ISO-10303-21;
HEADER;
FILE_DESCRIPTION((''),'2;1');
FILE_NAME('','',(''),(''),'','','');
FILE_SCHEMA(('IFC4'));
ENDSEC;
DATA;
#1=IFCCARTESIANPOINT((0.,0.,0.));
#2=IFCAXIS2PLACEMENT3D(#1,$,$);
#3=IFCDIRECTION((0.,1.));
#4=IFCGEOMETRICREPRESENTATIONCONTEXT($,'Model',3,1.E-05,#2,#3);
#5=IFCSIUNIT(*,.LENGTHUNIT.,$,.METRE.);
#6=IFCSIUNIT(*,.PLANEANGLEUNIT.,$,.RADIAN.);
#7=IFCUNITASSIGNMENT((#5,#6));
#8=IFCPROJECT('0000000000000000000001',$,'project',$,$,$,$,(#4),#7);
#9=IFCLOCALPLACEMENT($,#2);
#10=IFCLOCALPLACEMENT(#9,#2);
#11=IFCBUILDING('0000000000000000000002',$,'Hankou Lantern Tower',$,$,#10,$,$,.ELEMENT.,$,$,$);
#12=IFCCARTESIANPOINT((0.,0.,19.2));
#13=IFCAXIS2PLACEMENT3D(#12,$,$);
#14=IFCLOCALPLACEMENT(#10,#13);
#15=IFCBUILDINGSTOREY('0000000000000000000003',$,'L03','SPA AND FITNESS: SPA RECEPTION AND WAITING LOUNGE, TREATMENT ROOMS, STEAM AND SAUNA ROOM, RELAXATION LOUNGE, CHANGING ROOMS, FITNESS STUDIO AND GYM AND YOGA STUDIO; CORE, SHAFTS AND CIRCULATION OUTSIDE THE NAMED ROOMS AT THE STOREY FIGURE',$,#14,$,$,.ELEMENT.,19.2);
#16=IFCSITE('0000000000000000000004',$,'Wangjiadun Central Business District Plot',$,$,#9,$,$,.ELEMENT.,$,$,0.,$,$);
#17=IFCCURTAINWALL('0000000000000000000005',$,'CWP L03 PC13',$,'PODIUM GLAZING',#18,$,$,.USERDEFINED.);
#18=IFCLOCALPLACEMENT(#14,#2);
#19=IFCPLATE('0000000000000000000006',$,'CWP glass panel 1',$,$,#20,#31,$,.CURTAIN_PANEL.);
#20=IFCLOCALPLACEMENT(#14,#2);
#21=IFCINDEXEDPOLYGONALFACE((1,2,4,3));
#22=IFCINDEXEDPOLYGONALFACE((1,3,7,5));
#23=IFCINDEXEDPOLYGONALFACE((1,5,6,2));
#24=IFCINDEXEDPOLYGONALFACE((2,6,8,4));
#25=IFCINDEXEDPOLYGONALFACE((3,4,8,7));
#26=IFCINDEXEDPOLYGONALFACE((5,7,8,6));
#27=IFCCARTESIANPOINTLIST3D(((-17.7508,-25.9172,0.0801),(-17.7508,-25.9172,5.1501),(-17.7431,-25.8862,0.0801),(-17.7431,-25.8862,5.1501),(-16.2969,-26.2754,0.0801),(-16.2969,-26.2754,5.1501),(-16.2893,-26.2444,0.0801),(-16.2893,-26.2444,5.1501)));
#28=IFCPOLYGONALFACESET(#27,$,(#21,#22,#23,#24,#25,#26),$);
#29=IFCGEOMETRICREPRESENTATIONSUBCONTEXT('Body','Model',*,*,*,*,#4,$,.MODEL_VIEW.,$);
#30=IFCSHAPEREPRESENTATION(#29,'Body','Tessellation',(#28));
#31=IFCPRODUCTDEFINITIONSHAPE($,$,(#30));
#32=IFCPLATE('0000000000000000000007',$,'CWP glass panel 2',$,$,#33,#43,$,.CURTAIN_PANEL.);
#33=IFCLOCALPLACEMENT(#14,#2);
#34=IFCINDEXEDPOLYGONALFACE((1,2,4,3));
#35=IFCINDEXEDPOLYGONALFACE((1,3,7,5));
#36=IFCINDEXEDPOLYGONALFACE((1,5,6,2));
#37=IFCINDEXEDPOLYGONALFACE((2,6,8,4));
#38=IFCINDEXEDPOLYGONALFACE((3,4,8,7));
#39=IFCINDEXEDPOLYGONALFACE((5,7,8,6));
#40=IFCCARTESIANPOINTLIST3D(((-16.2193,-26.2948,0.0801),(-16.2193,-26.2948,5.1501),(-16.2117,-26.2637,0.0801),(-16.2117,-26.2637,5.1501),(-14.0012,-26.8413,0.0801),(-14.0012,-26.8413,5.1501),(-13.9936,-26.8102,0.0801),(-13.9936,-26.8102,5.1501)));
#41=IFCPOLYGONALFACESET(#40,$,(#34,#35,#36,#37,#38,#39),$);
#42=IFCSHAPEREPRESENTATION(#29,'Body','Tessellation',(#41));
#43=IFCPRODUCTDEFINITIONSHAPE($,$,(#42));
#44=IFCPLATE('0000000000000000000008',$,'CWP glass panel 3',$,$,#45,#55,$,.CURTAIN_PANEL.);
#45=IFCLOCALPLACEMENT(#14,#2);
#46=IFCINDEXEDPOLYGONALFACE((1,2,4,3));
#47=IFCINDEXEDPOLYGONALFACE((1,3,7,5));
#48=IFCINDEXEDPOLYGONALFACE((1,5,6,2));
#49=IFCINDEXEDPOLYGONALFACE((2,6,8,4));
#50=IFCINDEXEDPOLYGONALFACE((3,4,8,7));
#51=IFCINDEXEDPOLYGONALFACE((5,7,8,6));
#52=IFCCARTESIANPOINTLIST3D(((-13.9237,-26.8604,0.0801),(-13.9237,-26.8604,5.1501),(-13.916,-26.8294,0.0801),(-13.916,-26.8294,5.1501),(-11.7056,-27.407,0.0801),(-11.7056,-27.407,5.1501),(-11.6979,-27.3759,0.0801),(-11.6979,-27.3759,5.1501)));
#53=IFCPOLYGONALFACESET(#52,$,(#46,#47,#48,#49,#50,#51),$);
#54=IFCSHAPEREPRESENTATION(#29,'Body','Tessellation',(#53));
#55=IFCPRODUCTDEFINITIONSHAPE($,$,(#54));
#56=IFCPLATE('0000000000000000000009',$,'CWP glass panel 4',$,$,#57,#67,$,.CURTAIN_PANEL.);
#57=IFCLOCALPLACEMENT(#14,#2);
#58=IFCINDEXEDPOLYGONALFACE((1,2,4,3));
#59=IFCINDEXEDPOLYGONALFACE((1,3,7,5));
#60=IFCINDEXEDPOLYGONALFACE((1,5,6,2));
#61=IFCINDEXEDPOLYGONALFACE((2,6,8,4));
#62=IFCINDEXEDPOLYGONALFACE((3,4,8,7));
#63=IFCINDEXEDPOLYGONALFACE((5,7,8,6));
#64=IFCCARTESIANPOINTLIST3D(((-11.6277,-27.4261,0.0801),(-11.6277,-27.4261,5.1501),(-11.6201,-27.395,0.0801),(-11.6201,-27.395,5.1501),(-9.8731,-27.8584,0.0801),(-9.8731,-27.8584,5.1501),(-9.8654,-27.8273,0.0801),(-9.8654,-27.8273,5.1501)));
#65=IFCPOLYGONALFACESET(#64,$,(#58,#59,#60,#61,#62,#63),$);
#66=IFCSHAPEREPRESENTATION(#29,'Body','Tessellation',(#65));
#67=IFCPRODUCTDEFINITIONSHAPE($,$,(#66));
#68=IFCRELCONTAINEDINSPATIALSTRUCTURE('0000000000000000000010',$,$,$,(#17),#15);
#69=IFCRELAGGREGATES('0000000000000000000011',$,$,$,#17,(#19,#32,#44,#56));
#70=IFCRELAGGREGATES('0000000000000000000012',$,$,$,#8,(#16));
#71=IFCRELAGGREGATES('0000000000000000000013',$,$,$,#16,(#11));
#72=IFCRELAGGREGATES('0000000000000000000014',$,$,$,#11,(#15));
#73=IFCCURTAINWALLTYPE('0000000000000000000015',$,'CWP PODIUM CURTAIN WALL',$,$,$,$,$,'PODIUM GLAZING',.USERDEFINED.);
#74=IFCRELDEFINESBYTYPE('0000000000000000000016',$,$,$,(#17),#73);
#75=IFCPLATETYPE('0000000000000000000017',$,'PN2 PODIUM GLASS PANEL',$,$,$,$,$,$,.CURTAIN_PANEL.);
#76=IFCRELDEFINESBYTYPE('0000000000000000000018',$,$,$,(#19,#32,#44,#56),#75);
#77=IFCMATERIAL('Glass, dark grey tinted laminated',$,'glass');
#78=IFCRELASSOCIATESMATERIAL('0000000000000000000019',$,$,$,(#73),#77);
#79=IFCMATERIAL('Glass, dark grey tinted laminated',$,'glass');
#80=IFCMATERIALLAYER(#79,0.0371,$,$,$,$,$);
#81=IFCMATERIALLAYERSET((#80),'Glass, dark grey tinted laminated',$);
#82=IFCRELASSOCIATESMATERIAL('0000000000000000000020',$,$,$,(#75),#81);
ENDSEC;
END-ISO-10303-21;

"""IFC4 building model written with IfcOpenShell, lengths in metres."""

from ifc_helpers import new_model, si_unit, direction, frame, origin, origin_2d, place, context, subcontext, project, spatial, rectangle, extrude, material, layer, layer_set, type_object, element, aggregate, save


model = new_model("IFC4")

# Units and contexts
model_context = context("Model", 3, precision=1e-05, world=origin(), true_north=direction((0.0, 1.0)))
body_context = subcontext(model_context, "Body", "Model", "MODEL_VIEW")
ifc_project = project(units=[si_unit("LENGTHUNIT", "METRE"), si_unit("PLANEANGLEUNIT", "RADIAN")], contexts=[model_context])

# Site, building, storey
site_placement = place(None, origin())
site = spatial("IfcSite", under=ifc_project, at=site_placement, Name="Wangjiadun Central Business District Plot", CompositionType="ELEMENT", RefElevation=0.0)
building_placement = place(site_placement, origin())
building = spatial("IfcBuilding", under=site, at=building_placement, Name="Hankou Lantern Tower", CompositionType="ELEMENT")
storey_placement = place(building_placement, frame((0.0, 0.0, 19.2)))
storey = spatial("IfcBuildingStorey", under=building, at=storey_placement, Name="L03", Description="SPA AND FITNESS: SPA RECEPTION AND WAITING LOUNGE, TREATMENT ROOMS, STEAM AND SAUNA ROOM, RELAXATION LOUNGE, CHANGING ROOMS, FITNESS STUDIO AND GYM AND YOGA STUDIO; CORE, SHAFTS AND CIRCULATION OUTSIDE THE NAMED ROOMS AT THE STOREY FIGURE", CompositionType="ELEMENT", Elevation=19.2)

# Curtain wall
ifc_material_1 = material(Name="Glass, dark grey tinted laminated", Category="glass")
curtain_wall_type = type_object("IfcCurtainWallType", Name="CWP PODIUM CURTAIN WALL", ElementType="PODIUM GLAZING", PredefinedType="USERDEFINED", material=ifc_material_1)
curtain_wall_1_placement = place(storey_placement, origin())
curtain_wall_1 = element("IfcCurtainWall", 1, at=curtain_wall_1_placement, inside=storey, type_object=curtain_wall_type, Name="CWP L03 PC13", ObjectType="PODIUM GLAZING", PredefinedType="USERDEFINED")

# Plates
ifc_material_2 = material(Name="Glass, dark grey tinted laminated", Category="glass")
ifc_layer = layer(ifc_material_2, 0.0371)
ifc_layer_set = layer_set([ifc_layer], Name="Glass, dark grey tinted laminated")
plate_type = type_object("IfcPlateType", Name="PN2 PODIUM GLASS PANEL", PredefinedType="CURTAIN_PANEL", material=ifc_layer_set)
plate_1_placement = place(storey_placement, frame((-17.02, -26.0808, 0.0801), z_axis=(0.0, 0.0, 1.0), x_axis=(0.970961, -0.239238, 0.0)))
plate_1 = element("IfcPlate", 2, at=plate_1_placement, type_object=plate_type, Name="CWP glass panel 1", PredefinedType="CURTAIN_PANEL", context=body_context, shape_type="SweptSolid", body=[
    extrude(rectangle(XDim=1.4973, YDim=0.032, at=origin_2d()), origin(), (0.0, 0.0, 1.0), 5.0701),
])
plate_2_placement = place(storey_placement, frame((-15.1064, -26.5525, 0.0801), z_axis=(0.0, 0.0, 1.0), x_axis=(0.970961, -0.239238, 0.0)))
plate_2 = element("IfcPlate", 3, at=plate_2_placement, type_object=plate_type, Name="CWP glass panel 2", PredefinedType="CURTAIN_PANEL", context=body_context, shape_type="SweptSolid", body=[
    extrude(rectangle(XDim=2.2844, YDim=0.032, at=origin_2d()), origin(), (0.0, 0.0, 1.0), 5.0701),
])
plate_3_placement = place(storey_placement, frame((-12.8108, -27.1182, 0.0801), z_axis=(0.0, 0.0, 1.0), x_axis=(0.970961, -0.239238, 0.0)))
plate_3 = element("IfcPlate", 4, at=plate_3_placement, type_object=plate_type, Name="CWP glass panel 3", PredefinedType="CURTAIN_PANEL", context=body_context, shape_type="SweptSolid", body=[
    extrude(rectangle(XDim=2.2844, YDim=0.032, at=origin_2d()), origin(), (0.0, 0.0, 1.0), 5.0701),
])
plate_4_placement = place(storey_placement, frame((-10.7466, -27.6267, 0.0801), z_axis=(0.0, 0.0, 1.0), x_axis=(0.970961, -0.239238, 0.0)))
plate_4 = element("IfcPlate", 5, at=plate_4_placement, type_object=plate_type, Name="CWP glass panel 4", PredefinedType="CURTAIN_PANEL", context=body_context, shape_type="SweptSolid", body=[
    extrude(rectangle(XDim=1.8071, YDim=0.032, at=origin_2d()), origin(), (0.0, 0.0, 1.0), 5.0701),
])
aggregate(curtain_wall_1, [plate_1, plate_2, plate_3, plate_4])

save(model, "model.ifc")
